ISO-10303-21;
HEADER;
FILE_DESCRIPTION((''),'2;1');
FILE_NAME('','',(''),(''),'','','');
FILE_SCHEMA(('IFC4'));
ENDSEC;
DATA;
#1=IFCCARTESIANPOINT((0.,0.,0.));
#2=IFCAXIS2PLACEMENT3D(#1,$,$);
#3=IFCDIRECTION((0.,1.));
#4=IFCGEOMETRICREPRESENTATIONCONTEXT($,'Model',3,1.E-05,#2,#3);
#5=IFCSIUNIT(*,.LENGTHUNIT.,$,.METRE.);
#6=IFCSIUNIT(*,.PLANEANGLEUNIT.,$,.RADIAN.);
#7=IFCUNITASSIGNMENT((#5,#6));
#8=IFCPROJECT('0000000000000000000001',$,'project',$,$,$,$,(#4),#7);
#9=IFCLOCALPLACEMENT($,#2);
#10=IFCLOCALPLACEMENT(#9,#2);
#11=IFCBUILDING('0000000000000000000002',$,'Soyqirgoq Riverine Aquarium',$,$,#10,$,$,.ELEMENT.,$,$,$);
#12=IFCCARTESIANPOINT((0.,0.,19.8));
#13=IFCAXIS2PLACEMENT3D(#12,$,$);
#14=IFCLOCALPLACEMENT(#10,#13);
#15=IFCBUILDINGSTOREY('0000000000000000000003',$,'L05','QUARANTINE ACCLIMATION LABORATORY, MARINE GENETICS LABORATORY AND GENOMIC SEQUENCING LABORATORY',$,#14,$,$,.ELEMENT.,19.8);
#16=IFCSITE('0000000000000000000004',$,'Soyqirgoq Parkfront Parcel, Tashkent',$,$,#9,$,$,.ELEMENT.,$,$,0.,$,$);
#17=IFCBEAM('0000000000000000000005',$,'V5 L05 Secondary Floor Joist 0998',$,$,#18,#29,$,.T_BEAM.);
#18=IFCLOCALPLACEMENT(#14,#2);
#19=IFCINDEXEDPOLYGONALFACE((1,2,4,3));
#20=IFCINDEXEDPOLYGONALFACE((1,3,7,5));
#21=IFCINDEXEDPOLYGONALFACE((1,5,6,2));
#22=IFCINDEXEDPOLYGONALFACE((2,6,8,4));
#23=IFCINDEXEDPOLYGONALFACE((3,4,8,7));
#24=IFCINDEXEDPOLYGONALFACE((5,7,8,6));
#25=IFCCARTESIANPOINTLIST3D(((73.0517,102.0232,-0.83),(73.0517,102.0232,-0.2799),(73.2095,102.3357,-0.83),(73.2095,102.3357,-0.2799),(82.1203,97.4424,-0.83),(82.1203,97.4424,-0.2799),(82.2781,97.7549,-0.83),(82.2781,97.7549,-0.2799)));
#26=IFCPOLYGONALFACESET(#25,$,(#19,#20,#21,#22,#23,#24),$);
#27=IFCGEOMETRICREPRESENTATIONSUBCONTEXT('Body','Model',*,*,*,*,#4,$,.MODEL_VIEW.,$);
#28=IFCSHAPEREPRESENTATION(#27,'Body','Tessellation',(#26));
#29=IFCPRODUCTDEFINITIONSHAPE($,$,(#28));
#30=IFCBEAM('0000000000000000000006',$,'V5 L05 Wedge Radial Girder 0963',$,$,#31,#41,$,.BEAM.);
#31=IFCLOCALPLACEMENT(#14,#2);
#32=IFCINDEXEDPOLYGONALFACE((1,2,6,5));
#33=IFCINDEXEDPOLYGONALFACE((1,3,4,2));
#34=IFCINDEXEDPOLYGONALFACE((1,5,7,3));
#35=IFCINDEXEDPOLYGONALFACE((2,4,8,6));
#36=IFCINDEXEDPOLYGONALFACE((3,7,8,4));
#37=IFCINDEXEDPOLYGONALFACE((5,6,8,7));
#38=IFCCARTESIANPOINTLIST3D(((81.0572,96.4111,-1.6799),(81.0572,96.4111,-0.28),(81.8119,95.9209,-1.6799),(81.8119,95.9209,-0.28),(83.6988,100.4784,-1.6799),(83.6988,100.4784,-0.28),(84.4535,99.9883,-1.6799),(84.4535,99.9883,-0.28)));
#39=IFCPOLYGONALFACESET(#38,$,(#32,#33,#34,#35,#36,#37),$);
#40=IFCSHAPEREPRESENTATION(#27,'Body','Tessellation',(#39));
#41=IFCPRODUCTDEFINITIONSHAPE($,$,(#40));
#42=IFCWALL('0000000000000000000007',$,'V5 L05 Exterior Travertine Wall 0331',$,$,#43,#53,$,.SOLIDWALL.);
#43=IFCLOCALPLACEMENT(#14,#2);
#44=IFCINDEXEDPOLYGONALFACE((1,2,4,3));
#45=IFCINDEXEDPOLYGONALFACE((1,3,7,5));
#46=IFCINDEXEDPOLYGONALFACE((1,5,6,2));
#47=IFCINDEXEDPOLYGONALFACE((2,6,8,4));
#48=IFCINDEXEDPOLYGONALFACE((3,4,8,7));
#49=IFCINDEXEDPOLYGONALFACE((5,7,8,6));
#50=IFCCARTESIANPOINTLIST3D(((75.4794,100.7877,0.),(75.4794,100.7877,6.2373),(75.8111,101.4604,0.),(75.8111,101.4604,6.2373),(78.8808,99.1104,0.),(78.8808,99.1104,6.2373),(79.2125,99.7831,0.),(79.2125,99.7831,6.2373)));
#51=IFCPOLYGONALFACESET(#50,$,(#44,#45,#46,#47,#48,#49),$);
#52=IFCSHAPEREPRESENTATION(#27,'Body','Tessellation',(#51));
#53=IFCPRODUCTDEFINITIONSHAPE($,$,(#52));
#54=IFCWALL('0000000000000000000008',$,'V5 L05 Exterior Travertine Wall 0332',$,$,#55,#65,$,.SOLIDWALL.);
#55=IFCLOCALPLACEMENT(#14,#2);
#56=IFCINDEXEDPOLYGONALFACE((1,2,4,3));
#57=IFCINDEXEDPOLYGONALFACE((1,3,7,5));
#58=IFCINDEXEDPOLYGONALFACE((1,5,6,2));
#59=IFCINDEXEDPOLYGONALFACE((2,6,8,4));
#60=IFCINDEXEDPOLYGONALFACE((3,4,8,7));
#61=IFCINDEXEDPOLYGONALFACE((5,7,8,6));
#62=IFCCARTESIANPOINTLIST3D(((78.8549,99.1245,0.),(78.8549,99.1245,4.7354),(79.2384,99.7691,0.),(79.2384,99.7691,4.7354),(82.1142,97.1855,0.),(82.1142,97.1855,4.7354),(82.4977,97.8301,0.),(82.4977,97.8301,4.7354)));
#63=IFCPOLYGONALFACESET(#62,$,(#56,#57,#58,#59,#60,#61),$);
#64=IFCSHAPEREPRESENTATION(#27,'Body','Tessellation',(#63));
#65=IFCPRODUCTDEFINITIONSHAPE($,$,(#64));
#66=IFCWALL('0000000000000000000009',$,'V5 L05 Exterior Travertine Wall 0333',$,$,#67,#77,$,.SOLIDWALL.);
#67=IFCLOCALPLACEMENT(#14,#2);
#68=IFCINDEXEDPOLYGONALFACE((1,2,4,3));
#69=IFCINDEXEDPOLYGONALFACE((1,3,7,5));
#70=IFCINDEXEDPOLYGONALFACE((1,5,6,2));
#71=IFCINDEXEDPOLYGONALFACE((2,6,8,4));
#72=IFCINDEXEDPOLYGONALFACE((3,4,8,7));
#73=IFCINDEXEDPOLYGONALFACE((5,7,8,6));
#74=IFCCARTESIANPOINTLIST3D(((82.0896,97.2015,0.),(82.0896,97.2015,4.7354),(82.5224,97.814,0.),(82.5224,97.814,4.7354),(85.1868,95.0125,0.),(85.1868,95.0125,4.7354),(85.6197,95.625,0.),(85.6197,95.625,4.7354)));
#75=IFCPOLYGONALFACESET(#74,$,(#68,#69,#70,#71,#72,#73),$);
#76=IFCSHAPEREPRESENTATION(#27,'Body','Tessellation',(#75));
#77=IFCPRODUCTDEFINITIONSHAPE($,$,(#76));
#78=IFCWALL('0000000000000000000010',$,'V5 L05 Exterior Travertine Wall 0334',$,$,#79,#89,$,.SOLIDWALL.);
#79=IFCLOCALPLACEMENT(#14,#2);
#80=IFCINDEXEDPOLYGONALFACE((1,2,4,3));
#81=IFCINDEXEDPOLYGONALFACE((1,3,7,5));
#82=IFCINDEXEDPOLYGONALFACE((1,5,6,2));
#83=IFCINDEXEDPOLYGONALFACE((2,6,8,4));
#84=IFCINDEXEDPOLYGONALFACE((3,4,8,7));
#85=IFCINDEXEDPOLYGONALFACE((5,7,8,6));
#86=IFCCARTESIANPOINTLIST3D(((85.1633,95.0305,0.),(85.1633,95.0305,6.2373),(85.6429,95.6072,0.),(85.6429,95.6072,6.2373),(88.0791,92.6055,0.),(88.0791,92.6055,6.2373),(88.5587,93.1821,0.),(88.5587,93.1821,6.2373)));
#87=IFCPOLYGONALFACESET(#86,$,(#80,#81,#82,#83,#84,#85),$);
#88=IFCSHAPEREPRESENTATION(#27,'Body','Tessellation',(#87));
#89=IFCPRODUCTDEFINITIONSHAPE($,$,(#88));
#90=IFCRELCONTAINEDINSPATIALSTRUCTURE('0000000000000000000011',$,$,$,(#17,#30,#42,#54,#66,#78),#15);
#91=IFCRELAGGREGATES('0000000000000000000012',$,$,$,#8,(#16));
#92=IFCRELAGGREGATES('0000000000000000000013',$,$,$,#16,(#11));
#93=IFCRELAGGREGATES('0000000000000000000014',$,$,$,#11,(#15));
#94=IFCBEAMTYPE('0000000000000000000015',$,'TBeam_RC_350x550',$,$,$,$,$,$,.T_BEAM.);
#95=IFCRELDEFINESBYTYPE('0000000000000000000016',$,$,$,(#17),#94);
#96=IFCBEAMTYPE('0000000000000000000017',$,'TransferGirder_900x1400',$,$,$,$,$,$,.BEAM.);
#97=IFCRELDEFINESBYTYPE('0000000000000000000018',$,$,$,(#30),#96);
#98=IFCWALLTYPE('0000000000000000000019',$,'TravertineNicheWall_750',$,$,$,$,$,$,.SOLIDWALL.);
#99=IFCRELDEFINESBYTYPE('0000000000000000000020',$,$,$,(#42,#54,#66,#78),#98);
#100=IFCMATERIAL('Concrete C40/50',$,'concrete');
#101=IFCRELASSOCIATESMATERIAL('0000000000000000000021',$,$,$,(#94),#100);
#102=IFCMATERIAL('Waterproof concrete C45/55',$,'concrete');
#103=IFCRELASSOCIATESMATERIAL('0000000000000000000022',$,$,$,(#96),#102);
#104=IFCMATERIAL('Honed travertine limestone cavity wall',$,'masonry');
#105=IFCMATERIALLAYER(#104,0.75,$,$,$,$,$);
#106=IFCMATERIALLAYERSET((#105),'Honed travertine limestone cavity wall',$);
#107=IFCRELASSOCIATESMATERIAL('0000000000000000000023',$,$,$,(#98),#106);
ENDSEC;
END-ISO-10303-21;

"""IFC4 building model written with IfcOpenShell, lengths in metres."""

from ifc_helpers import new_model, si_unit, direction, frame, frame_2d, origin, origin_2d, place, context, subcontext, project, spatial, rectangle, extrude, material, layer, layer_set, material_profile, profile_set, type_object, element, save


model = new_model("IFC4")

# Units and contexts
model_context = context("Model", 3, precision=1e-05, world=origin(), true_north=direction((0.0, 1.0)))
body_context = subcontext(model_context, "Body", "Model", "MODEL_VIEW")
ifc_project = project(units=[si_unit("LENGTHUNIT", "METRE"), si_unit("PLANEANGLEUNIT", "RADIAN")], contexts=[model_context])

# Site, building, storey
site_placement = place(None, origin())
site = spatial("IfcSite", under=ifc_project, at=site_placement, Name="Soyqirgoq Parkfront Parcel, Tashkent", CompositionType="ELEMENT", RefElevation=0.0)
building_placement = place(site_placement, origin())
building = spatial("IfcBuilding", under=site, at=building_placement, Name="Soyqirgoq Riverine Aquarium", CompositionType="ELEMENT")
storey_placement = place(building_placement, frame((0.0, 0.0, 19.8)))
storey = spatial("IfcBuildingStorey", under=building, at=storey_placement, Name="L05", Description="QUARANTINE ACCLIMATION LABORATORY, MARINE GENETICS LABORATORY AND GENOMIC SEQUENCING LABORATORY", CompositionType="ELEMENT", Elevation=19.8)

# Beams
ifc_material_1 = material(Name="Concrete C40/50", Category="concrete")
ifc_material_profile_1 = material_profile(ifc_material_1, rectangle(XDim=0.3501, YDim=0.55, at=origin_2d()), Name="RC 350x550")
ifc_profile_set_1 = profile_set([ifc_material_profile_1], Name="Concrete C40/50")
beam_type_1 = type_object("IfcBeamType", Name="TBeam_RC_350x550", PredefinedType="T_BEAM", material=ifc_profile_set_1)
beam_1_placement = place(storey_placement, frame((82.1992, 97.5986, -0.5549), z_axis=(-0.892589, 0.450872, 0.0), x_axis=(-0.450872, -0.892589, 0.0)))
element("IfcBeam", 1, at=beam_1_placement, inside=storey, type_object=beam_type_1, Name="V5 L05 Secondary Floor Joist 0998", PredefinedType="T_BEAM", context=body_context, shape_type="SweptSolid", body=[
    extrude(rectangle(XDim=0.3501, YDim=0.55, at=origin_2d()), origin(), (0.0, 0.0, 1.0), 10.1599),
])
ifc_material_2 = material(Name="Waterproof concrete C45/55", Category="concrete")
ifc_material_profile_2 = material_profile(ifc_material_2, rectangle(XDim=0.8999, YDim=1.3999, at=origin_2d()), Name="RC 900x1400")
ifc_profile_set_2 = profile_set([ifc_material_profile_2], Name="Waterproof concrete C45/55")
beam_type_2 = type_object("IfcBeamType", Name="TransferGirder_900x1400", PredefinedType="BEAM", material=ifc_profile_set_2)
beam_2_placement = place(storey_placement, frame((81.4346, 96.166, -0.98), z_axis=(0.54467, 0.838651, 0.0), x_axis=(-0.838651, 0.54467, 0.0)))
element("IfcBeam", 2, at=beam_2_placement, inside=storey, type_object=beam_type_2, Name="V5 L05 Wedge Radial Girder 0963", PredefinedType="BEAM", context=body_context, shape_type="SweptSolid", body=[
    extrude(rectangle(XDim=0.8999, YDim=1.3999, at=origin_2d()), origin(), (0.0, 0.0, 1.0), 4.8499),
])

# Walls
ifc_material_3 = material(Name="Honed travertine limestone cavity wall", Category="masonry")
ifc_layer = layer(ifc_material_3, 0.75)
ifc_layer_set = layer_set([ifc_layer], Name="Honed travertine limestone cavity wall")
wall_type = type_object("IfcWallType", Name="TravertineNicheWall_750", PredefinedType="SOLIDWALL", material=ifc_layer_set)
wall_1_placement = place(storey_placement, frame((75.6453, 101.124, 0.0), z_axis=(0.0, 0.0, 1.0), x_axis=(0.896886, -0.442263, 0.0)))
element("IfcWall", 3, at=wall_1_placement, inside=storey, type_object=wall_type, Name="V5 L05 Exterior Travertine Wall 0331", PredefinedType="SOLIDWALL", context=body_context, shape_type="SweptSolid", body=[
    extrude(rectangle(XDim=3.7925, YDim=0.75, at=frame_2d((1.8962, 0.0))), origin(), (0.0, 0.0, 1.0), 6.2373),
])
wall_2_placement = place(storey_placement, frame((79.0466, 99.4468, 0.0), z_axis=(0.0, 0.0, 1.0), x_axis=(0.859418, -0.511273, 0.0)))
element("IfcWall", 4, at=wall_2_placement, inside=storey, type_object=wall_type, Name="V5 L05 Exterior Travertine Wall 0332", PredefinedType="SOLIDWALL", context=body_context, shape_type="SweptSolid", body=[
    extrude(rectangle(XDim=3.7925, YDim=0.75, at=frame_2d((1.8962, 0.0))), origin(), (0.0, 0.0, 1.0), 4.7354),
])
wall_3_placement = place(storey_placement, frame((82.3059, 97.5078, 0.0), z_axis=(0.0, 0.0, 1.0), x_axis=(0.816629, -0.577163, 0.0)))
element("IfcWall", 5, at=wall_3_placement, inside=storey, type_object=wall_type, Name="V5 L05 Exterior Travertine Wall 0333", PredefinedType="SOLIDWALL", context=body_context, shape_type="SweptSolid", body=[
    extrude(rectangle(XDim=3.7927, YDim=0.75, at=frame_2d((1.8965, 0.0))), origin(), (0.0, 0.0, 1.0), 4.7354),
])
wall_4_placement = place(storey_placement, frame((85.4031, 95.3188, 0.0), z_axis=(0.0, 0.0, 1.0), x_axis=(0.768838, -0.639443, 0.0)))
element("IfcWall", 6, at=wall_4_placement, inside=storey, type_object=wall_type, Name="V5 L05 Exterior Travertine Wall 0334", PredefinedType="SOLIDWALL", context=body_context, shape_type="SweptSolid", body=[
    extrude(rectangle(XDim=3.7925, YDim=0.75, at=frame_2d((1.8962, 0.0))), origin(), (0.0, 0.0, 1.0), 6.2373),
])

save(model, "model.ifc")
